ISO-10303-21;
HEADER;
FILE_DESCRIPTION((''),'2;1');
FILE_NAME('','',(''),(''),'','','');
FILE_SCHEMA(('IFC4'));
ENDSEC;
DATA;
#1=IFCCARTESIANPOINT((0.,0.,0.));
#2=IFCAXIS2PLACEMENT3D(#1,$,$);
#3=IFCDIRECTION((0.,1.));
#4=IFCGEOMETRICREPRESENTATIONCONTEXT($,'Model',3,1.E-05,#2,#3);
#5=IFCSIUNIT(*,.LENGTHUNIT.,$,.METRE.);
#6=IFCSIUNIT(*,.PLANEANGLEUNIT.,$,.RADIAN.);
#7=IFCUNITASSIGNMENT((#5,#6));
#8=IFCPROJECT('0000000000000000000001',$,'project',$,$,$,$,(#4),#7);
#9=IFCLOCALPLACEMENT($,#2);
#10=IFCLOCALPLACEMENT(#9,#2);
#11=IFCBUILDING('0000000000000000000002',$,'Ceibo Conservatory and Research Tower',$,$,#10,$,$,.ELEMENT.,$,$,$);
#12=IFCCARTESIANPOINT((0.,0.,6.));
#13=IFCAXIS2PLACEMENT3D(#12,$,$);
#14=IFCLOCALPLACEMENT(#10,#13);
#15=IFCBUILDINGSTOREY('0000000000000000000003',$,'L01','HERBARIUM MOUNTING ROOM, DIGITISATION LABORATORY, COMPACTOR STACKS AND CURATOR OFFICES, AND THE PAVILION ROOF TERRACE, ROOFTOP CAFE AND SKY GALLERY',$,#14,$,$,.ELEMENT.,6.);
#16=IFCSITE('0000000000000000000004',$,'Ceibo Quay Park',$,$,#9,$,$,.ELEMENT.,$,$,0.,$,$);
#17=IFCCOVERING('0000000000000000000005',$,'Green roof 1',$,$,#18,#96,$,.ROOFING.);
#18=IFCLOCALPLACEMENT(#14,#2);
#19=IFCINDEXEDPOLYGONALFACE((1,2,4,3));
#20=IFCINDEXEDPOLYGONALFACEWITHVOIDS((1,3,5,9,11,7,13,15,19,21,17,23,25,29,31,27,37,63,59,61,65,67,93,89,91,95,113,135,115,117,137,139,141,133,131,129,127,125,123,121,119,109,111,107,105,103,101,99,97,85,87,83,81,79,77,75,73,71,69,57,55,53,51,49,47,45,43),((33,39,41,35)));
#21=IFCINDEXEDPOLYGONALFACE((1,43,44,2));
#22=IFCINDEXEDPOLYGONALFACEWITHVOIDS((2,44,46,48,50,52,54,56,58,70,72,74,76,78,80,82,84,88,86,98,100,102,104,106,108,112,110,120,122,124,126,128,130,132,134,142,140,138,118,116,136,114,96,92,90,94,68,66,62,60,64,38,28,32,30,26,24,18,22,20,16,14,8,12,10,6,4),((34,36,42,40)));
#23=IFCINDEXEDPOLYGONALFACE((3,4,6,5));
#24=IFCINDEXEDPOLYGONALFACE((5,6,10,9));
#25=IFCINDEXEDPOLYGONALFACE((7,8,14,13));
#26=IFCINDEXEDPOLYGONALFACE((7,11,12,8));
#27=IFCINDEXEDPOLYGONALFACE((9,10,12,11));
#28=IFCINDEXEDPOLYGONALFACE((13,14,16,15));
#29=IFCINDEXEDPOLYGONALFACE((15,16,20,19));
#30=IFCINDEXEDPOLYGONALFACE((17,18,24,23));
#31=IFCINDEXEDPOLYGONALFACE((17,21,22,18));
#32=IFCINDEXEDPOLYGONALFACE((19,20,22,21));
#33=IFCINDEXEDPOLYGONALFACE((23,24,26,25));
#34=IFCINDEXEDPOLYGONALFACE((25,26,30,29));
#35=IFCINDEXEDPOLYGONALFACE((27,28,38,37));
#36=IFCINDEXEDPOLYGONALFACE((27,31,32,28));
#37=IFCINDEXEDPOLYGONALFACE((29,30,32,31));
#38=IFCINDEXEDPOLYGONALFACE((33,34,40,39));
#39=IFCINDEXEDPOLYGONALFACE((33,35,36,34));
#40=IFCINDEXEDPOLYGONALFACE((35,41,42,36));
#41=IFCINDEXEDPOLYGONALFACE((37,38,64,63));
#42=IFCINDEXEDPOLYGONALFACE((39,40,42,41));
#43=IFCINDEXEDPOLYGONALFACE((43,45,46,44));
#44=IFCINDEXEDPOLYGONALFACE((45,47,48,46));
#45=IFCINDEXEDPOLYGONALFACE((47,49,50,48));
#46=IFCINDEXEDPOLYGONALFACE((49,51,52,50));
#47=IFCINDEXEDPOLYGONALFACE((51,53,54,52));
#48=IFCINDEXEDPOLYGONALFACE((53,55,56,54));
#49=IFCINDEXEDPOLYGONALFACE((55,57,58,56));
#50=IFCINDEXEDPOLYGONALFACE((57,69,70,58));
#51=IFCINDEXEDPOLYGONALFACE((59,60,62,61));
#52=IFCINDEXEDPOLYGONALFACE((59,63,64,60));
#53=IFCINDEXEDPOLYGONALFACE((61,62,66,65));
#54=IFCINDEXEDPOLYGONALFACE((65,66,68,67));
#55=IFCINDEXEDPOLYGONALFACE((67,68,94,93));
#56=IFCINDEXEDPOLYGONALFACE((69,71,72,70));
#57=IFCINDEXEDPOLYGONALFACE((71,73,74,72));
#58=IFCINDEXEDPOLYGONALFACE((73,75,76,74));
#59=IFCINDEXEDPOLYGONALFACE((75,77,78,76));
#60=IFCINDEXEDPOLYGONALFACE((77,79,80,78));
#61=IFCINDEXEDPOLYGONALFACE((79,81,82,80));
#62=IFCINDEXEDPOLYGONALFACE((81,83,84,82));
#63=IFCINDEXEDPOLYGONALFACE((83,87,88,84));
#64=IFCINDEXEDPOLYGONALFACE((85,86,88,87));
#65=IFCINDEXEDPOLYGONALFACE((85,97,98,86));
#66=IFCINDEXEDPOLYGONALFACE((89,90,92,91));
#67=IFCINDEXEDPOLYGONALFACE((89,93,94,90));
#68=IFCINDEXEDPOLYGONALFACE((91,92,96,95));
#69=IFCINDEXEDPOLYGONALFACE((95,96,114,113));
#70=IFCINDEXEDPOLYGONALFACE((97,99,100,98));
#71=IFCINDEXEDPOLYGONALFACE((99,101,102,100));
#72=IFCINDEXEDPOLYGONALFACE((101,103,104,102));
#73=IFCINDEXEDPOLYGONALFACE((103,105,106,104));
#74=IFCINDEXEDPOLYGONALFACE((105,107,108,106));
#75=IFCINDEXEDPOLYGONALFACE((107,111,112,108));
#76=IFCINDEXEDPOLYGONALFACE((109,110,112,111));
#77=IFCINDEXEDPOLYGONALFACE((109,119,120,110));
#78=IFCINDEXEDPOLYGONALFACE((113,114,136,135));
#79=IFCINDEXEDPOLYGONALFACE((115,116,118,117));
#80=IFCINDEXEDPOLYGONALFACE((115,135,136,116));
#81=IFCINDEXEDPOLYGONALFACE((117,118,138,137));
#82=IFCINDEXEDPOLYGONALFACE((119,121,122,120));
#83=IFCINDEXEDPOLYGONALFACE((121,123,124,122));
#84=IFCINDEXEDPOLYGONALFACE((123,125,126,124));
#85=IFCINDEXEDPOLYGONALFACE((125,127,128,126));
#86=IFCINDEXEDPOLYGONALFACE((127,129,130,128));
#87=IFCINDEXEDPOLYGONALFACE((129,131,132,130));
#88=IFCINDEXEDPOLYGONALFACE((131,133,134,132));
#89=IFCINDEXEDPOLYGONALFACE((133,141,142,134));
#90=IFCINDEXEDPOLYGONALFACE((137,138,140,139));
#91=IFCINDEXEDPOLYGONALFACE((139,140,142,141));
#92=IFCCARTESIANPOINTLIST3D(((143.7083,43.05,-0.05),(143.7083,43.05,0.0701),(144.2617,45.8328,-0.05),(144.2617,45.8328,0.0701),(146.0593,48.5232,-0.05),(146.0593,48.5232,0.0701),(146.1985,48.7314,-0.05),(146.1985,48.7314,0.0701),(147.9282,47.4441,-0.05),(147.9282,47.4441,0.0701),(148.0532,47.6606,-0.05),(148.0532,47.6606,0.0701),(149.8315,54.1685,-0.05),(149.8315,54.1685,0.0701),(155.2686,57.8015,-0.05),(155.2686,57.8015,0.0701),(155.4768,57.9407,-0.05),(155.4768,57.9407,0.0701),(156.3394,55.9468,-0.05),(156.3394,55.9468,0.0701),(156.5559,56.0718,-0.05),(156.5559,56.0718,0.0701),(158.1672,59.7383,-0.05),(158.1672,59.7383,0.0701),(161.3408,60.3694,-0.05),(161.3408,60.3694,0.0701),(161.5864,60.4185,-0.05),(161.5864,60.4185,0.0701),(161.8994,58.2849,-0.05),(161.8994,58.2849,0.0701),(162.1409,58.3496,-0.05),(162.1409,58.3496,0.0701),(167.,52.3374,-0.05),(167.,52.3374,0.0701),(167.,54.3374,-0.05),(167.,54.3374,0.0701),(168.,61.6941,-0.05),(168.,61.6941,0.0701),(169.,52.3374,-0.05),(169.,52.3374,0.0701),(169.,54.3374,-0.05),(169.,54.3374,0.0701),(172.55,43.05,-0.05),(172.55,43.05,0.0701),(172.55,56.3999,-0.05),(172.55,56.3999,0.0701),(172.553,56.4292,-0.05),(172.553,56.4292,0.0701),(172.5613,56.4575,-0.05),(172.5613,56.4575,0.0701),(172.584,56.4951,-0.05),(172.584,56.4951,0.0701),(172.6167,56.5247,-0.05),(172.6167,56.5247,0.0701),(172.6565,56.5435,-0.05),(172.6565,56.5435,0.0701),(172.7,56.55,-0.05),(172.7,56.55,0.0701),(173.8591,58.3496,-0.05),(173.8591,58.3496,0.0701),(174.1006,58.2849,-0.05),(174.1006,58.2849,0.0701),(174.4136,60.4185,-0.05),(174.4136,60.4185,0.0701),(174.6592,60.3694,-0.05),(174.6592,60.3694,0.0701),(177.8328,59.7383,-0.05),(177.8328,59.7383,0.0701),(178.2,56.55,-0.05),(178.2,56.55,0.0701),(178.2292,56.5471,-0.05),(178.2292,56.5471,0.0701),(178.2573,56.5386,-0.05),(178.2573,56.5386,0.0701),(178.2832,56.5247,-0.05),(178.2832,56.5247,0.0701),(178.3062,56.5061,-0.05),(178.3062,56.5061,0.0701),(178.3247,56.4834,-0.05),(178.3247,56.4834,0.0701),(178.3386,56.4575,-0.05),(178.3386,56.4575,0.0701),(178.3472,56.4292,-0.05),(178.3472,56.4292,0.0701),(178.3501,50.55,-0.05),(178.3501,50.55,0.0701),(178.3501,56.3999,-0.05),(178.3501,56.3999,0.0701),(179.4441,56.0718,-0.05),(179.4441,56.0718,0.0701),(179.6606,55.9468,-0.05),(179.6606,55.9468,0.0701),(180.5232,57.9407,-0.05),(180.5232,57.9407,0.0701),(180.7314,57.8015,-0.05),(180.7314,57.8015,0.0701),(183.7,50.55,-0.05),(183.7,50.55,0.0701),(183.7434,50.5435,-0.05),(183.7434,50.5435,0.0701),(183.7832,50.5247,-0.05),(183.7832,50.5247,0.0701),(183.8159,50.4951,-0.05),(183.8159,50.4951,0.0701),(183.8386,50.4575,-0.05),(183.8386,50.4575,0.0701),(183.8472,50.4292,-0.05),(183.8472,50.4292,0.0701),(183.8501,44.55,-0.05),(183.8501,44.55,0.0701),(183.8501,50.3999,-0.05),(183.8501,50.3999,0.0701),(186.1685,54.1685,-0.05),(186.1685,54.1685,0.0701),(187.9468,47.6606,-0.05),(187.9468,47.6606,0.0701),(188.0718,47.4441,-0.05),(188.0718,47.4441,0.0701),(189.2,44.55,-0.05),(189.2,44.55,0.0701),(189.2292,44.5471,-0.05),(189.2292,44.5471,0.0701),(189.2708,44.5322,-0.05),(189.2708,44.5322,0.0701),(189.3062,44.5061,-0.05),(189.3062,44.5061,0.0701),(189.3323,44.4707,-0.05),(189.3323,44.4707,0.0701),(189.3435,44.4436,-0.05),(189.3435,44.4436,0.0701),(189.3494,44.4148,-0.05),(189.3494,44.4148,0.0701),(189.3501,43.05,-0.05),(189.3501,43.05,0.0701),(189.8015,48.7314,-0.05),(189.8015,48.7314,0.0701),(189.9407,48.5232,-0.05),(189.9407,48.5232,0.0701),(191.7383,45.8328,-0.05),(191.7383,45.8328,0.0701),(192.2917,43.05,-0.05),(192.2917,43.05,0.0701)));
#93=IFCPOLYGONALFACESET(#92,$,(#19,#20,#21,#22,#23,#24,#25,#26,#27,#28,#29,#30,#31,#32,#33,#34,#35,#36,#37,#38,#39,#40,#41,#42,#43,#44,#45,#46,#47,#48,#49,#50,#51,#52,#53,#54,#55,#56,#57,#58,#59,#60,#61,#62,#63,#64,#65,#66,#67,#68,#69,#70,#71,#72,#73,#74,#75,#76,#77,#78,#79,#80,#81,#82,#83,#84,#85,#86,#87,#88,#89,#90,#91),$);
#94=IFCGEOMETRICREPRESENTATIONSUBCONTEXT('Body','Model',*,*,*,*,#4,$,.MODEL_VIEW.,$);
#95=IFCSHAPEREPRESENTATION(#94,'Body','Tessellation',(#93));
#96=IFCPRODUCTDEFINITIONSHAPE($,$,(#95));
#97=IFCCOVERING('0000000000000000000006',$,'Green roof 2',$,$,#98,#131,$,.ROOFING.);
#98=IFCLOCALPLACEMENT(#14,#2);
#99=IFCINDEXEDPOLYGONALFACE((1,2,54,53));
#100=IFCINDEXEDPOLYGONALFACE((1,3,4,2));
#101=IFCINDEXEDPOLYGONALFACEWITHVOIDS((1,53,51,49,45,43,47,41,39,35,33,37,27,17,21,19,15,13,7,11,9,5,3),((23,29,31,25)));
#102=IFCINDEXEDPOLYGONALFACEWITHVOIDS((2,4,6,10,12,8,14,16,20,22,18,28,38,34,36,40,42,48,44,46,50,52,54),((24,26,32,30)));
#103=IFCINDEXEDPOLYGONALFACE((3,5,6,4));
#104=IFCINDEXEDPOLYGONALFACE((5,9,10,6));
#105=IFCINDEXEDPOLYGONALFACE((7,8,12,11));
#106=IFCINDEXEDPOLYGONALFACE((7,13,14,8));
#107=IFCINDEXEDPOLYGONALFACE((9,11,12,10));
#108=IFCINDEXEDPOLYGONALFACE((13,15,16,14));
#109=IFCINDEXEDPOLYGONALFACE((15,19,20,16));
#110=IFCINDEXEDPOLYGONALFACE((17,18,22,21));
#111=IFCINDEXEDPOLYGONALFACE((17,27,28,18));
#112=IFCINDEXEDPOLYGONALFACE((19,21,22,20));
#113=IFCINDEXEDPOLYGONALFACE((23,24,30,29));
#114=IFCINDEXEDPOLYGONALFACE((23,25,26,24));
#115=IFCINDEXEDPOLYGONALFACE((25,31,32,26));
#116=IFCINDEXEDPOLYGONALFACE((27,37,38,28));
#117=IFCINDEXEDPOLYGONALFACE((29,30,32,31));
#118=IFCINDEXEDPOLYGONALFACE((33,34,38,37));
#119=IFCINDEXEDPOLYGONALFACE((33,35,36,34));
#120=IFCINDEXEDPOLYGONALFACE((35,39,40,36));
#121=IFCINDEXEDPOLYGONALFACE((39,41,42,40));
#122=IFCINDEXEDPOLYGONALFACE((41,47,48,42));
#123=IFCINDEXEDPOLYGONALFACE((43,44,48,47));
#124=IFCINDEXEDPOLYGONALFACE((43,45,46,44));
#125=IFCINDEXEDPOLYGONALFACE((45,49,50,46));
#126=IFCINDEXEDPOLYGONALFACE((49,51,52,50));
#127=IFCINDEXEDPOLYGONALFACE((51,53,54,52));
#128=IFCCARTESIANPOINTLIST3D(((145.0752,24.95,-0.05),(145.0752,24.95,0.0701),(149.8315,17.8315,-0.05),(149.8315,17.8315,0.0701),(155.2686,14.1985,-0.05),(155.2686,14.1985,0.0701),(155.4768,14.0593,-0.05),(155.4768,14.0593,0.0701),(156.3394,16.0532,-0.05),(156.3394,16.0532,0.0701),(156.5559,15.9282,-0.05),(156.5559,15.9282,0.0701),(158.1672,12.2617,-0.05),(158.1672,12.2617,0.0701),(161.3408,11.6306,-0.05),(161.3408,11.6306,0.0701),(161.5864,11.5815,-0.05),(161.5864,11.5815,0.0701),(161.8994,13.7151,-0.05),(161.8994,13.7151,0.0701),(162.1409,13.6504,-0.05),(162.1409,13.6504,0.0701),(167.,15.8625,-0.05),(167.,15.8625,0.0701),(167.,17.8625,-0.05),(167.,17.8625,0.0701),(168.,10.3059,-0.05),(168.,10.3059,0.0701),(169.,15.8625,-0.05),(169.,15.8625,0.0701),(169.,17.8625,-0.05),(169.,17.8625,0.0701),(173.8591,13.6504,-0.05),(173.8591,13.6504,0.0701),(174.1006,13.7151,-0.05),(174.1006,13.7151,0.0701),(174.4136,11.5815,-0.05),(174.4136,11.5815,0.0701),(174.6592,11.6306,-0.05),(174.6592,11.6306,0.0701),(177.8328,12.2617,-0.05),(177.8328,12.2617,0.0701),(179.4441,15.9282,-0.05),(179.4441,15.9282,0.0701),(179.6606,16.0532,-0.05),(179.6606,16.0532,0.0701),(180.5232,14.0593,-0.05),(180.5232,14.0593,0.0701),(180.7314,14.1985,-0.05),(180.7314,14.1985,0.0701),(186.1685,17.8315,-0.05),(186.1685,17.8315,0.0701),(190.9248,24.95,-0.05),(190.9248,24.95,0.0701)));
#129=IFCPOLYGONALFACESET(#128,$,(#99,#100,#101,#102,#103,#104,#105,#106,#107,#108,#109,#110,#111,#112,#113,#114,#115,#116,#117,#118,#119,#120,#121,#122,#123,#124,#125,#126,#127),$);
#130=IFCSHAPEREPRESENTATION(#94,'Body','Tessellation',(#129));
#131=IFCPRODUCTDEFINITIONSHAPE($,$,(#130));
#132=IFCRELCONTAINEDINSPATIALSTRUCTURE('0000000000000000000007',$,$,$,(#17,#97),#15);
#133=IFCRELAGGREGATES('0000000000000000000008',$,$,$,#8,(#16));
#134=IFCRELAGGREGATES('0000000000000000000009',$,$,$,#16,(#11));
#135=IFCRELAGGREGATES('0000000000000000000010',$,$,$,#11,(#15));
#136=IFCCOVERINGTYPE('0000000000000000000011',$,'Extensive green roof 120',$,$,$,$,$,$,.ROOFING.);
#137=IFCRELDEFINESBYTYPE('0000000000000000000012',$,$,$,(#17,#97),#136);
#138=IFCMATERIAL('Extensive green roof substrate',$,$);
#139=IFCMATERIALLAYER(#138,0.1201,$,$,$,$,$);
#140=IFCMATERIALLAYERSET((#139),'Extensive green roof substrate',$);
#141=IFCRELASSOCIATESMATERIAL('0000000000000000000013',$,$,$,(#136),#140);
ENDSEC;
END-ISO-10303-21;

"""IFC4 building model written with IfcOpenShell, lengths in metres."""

from ifc_helpers import new_model, si_unit, direction, frame, origin, place, context, subcontext, project, spatial, polyline, outline, extrude, material, layer, layer_set, type_object, element, save


model = new_model("IFC4")

# Units and contexts
model_context = context("Model", 3, precision=1e-05, world=origin(), true_north=direction((0.0, 1.0)))
body_context = subcontext(model_context, "Body", "Model", "MODEL_VIEW")
ifc_project = project(units=[si_unit("LENGTHUNIT", "METRE"), si_unit("PLANEANGLEUNIT", "RADIAN")], contexts=[model_context])

# Site, building, storey
site_placement = place(None, origin())
site = spatial("IfcSite", under=ifc_project, at=site_placement, Name="Ceibo Quay Park", CompositionType="ELEMENT", RefElevation=0.0)
building_placement = place(site_placement, origin())
building = spatial("IfcBuilding", under=site, at=building_placement, Name="Ceibo Conservatory and Research Tower", CompositionType="ELEMENT")
storey_placement = place(building_placement, frame((0.0, 0.0, 6.0)))
storey = spatial("IfcBuildingStorey", under=building, at=storey_placement, Name="L01", Description="HERBARIUM MOUNTING ROOM, DIGITISATION LABORATORY, COMPACTOR STACKS AND CURATOR OFFICES, AND THE PAVILION ROOF TERRACE, ROOFTOP CAFE AND SKY GALLERY", CompositionType="ELEMENT", Elevation=6.0)

# Coverings
ifc_material_1 = material(Name="Extensive green roof substrate")
ifc_layer_1 = layer(ifc_material_1, 0.1201)
ifc_layer_set_1 = layer_set([ifc_layer_1], Name="Extensive green roof substrate")
covering_type_1 = type_object("IfcCoveringType", Name="Extensive green roof 120", PredefinedType="ROOFING", material=ifc_layer_set_1)
covering_1_placement = place(storey_placement, frame((0.0, 0.0, -0.05)))
element("IfcCovering", 1, at=covering_1_placement, inside=storey, type_object=covering_type_1, Name="Green roof 1", PredefinedType="ROOFING", context=body_context, shape_type="SweptSolid", body=[
    extrude(outline(polyline([(174.4136, 60.4185), (173.8591, 58.3496), (174.1006, 58.2849), (174.6592, 60.3694), (177.8328, 59.7383), (180.5232, 57.9407), (179.4441, 56.0718), (179.6606, 55.9468), (180.7314, 57.8015), (186.1685, 54.1685), (189.8015, 48.7314), (187.9468, 47.6606), (188.0718, 47.4441), (189.9407, 48.5232), (191.7383, 45.8328), (192.2917, 43.05), (189.3501, 43.05), (189.3494, 44.4148), (189.3435, 44.4436), (189.3323, 44.4707), (189.3062, 44.5061), (189.2708, 44.5322), (189.2292, 44.5471), (189.2, 44.55), (183.8501, 44.55), (183.8501, 50.3999), (183.8472, 50.4292), (183.8386, 50.4575), (183.8159, 50.4951), (183.7832, 50.5247), (183.7434, 50.5435), (183.7, 50.55), (178.3501, 50.55), (178.3501, 56.3999), (178.3472, 56.4292), (178.3386, 56.4575), (178.3247, 56.4834), (178.3062, 56.5061), (178.2832, 56.5247), (178.2573, 56.5386), (178.2292, 56.5471), (178.2, 56.55), (172.7, 56.55), (172.6565, 56.5435), (172.6167, 56.5247), (172.584, 56.4951), (172.5613, 56.4575), (172.553, 56.4292), (172.55, 56.3999), (172.55, 43.05), (143.7083, 43.05), (144.2617, 45.8328), (146.0593, 48.5232), (147.9282, 47.4441), (148.0532, 47.6606), (146.1985, 48.7314), (149.8315, 54.1685), (155.2686, 57.8015), (156.3394, 55.9468), (156.5559, 56.0718), (155.4768, 57.9407), (158.1672, 59.7383), (161.3408, 60.3694), (161.8994, 58.2849), (162.1409, 58.3496), (161.5864, 60.4185), (168.0, 61.6941), (174.4136, 60.4185)]), holes=[polyline([(167.0, 54.3374), (167.0, 52.3374), (169.0, 52.3374), (169.0, 54.3374), (167.0, 54.3374)])]), origin(), (0.0, 0.0, 1.0), 0.1201),
])
covering_2_placement = place(storey_placement, frame((0.0, 0.0, -0.05)))
element("IfcCovering", 2, at=covering_2_placement, inside=storey, type_object=covering_type_1, Name="Green roof 2", PredefinedType="ROOFING", context=body_context, shape_type="SweptSolid", body=[
    extrude(outline(polyline([(155.4768, 14.0593), (156.5559, 15.9282), (156.3394, 16.0532), (155.2686, 14.1985), (149.8315, 17.8315), (145.0752, 24.95), (190.9248, 24.95), (186.1685, 17.8315), (180.7314, 14.1985), (179.6606, 16.0532), (179.4441, 15.9282), (180.5232, 14.0593), (177.8328, 12.2617), (174.6592, 11.6306), (174.1006, 13.7151), (173.8591, 13.6504), (174.4136, 11.5815), (168.0, 10.3059), (161.5864, 11.5815), (162.1409, 13.6504), (161.8994, 13.7151), (161.3408, 11.6306), (158.1672, 12.2617), (155.4768, 14.0593)]), holes=[polyline([(167.0, 17.8625), (167.0, 15.8625), (169.0, 15.8625), (169.0, 17.8625), (167.0, 17.8625)])]), origin(), (0.0, 0.0, 1.0), 0.1201),
])

save(model, "model.ifc")
